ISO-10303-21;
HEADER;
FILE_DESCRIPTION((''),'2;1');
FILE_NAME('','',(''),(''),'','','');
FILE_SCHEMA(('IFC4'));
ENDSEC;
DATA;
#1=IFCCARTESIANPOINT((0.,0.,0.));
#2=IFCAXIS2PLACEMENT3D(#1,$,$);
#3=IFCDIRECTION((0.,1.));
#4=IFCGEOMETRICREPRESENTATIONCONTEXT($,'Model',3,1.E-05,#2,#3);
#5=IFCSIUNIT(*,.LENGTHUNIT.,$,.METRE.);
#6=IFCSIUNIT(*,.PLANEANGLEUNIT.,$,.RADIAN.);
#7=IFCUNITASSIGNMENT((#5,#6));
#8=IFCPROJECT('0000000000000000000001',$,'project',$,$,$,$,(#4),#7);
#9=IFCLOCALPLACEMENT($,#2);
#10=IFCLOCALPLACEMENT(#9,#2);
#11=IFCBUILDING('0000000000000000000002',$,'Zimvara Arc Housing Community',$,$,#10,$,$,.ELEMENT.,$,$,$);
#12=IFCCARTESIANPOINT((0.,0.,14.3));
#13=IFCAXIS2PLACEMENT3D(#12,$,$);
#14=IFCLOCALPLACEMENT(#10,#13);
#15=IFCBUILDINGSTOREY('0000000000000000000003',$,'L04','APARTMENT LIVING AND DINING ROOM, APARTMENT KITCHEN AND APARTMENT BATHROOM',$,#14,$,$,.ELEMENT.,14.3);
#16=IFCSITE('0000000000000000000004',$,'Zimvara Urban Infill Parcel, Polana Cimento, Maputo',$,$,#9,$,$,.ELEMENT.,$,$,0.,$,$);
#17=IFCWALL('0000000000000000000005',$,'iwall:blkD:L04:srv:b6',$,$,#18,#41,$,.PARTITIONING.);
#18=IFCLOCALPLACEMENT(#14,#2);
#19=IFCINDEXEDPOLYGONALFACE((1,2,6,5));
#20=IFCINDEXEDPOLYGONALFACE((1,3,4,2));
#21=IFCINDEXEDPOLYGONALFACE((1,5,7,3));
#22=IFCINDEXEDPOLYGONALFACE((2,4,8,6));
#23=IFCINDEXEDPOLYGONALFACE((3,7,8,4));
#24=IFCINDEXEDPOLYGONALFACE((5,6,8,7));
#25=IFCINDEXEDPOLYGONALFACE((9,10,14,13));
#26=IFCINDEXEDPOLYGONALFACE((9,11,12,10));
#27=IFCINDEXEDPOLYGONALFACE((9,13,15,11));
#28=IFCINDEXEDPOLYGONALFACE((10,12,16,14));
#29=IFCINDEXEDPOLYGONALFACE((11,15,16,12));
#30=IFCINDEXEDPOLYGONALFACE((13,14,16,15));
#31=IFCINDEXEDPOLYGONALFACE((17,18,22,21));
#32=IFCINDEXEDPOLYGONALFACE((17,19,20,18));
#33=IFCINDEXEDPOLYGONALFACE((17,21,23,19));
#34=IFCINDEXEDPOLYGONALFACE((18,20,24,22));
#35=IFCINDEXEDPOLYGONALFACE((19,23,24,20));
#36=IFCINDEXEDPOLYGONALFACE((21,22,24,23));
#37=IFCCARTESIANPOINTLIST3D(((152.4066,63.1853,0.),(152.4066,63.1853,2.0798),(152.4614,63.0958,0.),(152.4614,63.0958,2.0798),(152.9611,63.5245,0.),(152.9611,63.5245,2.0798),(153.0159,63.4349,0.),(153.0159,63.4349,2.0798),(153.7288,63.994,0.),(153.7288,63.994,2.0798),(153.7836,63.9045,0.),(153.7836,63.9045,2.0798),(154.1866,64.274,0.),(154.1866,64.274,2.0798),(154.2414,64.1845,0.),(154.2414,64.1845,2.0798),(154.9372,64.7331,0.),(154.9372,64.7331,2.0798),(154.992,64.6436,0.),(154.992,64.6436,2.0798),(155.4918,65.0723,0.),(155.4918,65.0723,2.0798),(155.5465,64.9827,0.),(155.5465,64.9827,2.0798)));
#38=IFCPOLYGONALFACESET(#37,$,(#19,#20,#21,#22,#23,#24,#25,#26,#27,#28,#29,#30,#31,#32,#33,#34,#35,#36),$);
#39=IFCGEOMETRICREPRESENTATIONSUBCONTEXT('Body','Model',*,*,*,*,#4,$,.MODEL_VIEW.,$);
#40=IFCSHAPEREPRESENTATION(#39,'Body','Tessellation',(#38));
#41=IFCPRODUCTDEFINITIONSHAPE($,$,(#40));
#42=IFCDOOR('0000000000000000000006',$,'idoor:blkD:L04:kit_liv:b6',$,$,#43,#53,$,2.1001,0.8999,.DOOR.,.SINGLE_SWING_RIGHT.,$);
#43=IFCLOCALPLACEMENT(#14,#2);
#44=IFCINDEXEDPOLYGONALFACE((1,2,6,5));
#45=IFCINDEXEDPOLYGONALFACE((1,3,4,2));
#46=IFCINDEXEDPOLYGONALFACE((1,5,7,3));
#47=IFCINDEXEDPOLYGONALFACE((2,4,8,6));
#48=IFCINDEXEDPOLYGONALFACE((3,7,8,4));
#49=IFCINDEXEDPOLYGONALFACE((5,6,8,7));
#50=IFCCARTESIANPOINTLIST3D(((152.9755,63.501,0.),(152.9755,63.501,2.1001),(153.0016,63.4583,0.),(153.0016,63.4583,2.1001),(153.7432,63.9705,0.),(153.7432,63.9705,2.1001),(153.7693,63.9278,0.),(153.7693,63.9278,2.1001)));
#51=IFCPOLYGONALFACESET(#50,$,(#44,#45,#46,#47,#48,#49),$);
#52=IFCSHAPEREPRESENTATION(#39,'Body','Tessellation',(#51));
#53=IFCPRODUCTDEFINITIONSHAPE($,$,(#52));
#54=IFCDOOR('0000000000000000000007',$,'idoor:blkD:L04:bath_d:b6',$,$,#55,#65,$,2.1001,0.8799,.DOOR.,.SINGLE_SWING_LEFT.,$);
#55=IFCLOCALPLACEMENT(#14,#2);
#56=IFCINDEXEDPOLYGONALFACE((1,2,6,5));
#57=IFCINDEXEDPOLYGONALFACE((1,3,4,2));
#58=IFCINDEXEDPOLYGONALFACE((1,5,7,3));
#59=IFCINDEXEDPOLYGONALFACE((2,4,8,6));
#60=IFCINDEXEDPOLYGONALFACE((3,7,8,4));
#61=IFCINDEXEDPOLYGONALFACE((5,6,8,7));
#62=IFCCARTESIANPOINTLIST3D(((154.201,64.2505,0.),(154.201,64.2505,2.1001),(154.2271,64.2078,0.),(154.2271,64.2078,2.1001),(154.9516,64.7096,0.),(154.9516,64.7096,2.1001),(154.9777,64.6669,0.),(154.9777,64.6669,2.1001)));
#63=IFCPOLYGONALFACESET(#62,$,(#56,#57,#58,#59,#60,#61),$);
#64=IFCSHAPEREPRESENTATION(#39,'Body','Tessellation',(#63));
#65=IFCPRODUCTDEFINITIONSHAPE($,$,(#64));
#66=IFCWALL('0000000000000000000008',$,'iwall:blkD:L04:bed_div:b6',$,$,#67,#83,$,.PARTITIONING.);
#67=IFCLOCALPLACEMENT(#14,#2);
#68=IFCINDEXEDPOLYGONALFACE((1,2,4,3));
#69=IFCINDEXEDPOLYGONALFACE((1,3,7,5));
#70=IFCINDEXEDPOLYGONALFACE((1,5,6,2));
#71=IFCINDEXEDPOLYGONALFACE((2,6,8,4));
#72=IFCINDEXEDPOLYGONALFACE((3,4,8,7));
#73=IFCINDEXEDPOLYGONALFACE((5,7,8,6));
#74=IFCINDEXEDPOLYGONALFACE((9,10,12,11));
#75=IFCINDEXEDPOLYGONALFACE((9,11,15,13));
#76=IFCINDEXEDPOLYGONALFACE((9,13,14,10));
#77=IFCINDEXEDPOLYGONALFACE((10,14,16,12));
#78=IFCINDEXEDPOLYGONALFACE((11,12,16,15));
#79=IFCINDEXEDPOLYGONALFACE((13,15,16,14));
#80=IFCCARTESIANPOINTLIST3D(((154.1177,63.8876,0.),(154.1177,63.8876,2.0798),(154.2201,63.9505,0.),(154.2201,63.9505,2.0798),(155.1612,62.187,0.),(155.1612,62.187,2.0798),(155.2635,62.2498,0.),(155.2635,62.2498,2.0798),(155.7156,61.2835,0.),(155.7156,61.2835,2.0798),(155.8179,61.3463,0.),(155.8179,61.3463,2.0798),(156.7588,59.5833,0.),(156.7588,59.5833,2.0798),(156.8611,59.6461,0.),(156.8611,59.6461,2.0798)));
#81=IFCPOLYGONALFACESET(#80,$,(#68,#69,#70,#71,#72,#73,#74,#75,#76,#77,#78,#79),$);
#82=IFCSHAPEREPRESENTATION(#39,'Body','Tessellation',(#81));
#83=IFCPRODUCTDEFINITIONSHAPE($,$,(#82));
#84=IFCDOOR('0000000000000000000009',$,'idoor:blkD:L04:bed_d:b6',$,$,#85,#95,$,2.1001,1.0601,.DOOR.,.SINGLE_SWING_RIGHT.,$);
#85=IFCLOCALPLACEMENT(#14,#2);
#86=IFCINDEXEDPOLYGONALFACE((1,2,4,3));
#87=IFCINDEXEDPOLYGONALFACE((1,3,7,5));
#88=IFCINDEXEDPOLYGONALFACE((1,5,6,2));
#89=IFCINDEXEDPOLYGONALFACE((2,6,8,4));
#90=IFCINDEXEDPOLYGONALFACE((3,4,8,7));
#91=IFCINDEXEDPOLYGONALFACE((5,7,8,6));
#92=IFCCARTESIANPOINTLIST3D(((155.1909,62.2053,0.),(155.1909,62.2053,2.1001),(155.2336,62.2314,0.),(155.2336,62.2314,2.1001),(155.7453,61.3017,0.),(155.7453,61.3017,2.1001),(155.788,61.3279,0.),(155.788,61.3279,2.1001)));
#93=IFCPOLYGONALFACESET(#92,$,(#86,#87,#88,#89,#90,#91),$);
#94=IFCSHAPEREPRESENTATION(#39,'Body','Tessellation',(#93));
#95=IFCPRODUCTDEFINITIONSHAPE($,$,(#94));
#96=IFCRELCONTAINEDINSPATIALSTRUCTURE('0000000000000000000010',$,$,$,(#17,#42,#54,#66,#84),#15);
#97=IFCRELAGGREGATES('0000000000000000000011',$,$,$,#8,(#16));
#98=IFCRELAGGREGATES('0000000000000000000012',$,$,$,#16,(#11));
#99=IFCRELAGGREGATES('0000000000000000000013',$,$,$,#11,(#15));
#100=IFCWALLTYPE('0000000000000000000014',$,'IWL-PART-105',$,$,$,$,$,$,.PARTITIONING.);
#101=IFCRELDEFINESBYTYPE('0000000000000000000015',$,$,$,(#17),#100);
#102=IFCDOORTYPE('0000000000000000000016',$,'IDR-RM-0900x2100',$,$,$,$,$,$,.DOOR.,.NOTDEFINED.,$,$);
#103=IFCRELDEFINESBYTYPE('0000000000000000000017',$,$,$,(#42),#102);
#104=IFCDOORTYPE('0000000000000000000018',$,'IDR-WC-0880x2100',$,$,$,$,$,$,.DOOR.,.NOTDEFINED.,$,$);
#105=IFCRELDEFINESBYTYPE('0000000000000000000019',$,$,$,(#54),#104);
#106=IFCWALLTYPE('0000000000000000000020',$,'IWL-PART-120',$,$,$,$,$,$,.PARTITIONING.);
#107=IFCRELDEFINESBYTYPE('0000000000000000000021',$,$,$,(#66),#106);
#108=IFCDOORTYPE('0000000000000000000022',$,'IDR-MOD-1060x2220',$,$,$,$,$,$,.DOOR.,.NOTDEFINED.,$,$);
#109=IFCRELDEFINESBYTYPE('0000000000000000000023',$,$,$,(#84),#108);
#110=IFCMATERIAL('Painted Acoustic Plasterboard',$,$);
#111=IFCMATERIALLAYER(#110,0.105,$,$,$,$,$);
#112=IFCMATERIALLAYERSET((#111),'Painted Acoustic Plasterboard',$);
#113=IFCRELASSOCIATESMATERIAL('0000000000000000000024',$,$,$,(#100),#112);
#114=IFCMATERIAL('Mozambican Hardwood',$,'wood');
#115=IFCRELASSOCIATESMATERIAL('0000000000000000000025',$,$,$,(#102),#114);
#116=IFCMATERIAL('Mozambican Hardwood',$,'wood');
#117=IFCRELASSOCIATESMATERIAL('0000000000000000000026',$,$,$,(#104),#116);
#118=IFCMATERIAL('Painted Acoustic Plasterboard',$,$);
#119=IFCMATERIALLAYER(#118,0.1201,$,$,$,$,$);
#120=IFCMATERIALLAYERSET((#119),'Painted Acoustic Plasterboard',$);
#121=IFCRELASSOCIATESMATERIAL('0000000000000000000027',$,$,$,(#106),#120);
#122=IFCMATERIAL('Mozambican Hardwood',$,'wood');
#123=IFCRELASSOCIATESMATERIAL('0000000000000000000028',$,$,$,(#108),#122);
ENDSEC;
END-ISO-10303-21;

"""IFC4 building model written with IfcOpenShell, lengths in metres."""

from ifc_helpers import new_model, si_unit, direction, frame, frame_2d, origin, place, context, subcontext, project, spatial, rectangle, extrude, material, layer, layer_set, type_object, element, fill, save


model = new_model("IFC4")

# Units and contexts
model_context = context("Model", 3, precision=1e-05, world=origin(), true_north=direction((0.0, 1.0)))
body_context = subcontext(model_context, "Body", "Model", "MODEL_VIEW")
ifc_project = project(units=[si_unit("LENGTHUNIT", "METRE"), si_unit("PLANEANGLEUNIT", "RADIAN")], contexts=[model_context])

# Site, building, storey
site_placement = place(None, origin())
site = spatial("IfcSite", under=ifc_project, at=site_placement, Name="Zimvara Urban Infill Parcel, Polana Cimento, Maputo", CompositionType="ELEMENT", RefElevation=0.0)
building_placement = place(site_placement, origin())
building = spatial("IfcBuilding", under=site, at=building_placement, Name="Zimvara Arc Housing Community", CompositionType="ELEMENT")
storey_placement = place(building_placement, frame((0.0, 0.0, 14.3)))
storey = spatial("IfcBuildingStorey", under=building, at=storey_placement, Name="L04", Description="APARTMENT LIVING AND DINING ROOM, APARTMENT KITCHEN AND APARTMENT BATHROOM", CompositionType="ELEMENT", Elevation=14.3)

# Wall, openings, doors
ifc_material_1 = material(Name="Painted Acoustic Plasterboard")
ifc_layer_1 = layer(ifc_material_1, 0.105)
ifc_layer_set_1 = layer_set([ifc_layer_1], Name="Painted Acoustic Plasterboard")
wall_type_1 = type_object("IfcWallType", Name="IWL-PART-105", PredefinedType="PARTITIONING", material=ifc_layer_set_1)
wall_1_placement = place(storey_placement, frame((152.4341, 63.1406, 0.0), z_axis=(0.0, 0.0, 1.0), x_axis=(0.85309, 0.521764, 0.0)))
wall_1 = element("IfcWall", 1, at=wall_1_placement, inside=storey, type_object=wall_type_1, Name="iwall:blkD:L04:srv:b6", PredefinedType="PARTITIONING", context=body_context, shape_type="SweptSolid", body=[
    extrude(rectangle(XDim=3.6165, YDim=0.105, at=frame_2d((1.8081, 0.0))), origin(), (0.0, 0.0, 1.0), 2.0798),
])
opening_1_placement = place(wall_1_placement, frame((0.6499, 0.0, 0.0)))
opening_1 = element("IfcOpeningElement", 2, at=opening_1_placement, cuts=wall_1, PredefinedType="OPENING", context=body_context, shape_type="SweptSolid", body=[
    extrude(rectangle(XDim=0.8999, YDim=2.1001, at=frame_2d((0.45, 1.05))), frame((0.0, 0.0625, 0.0), z_axis=(0.0, -1.0, 0.0), x_axis=(1.0, 0.0, 0.0)), (0.0, 0.0, 1.0), 0.125),
])
opening_2_placement = place(wall_1_placement, frame((2.0864, 0.0, 0.0)))
opening_2 = element("IfcOpeningElement", 3, at=opening_2_placement, cuts=wall_1, PredefinedType="OPENING", context=body_context, shape_type="SweptSolid", body=[
    extrude(rectangle(XDim=0.8799, YDim=2.1001, at=frame_2d((0.4399, 1.05))), frame((0.0, 0.0625, 0.0), z_axis=(0.0, -1.0, 0.0), x_axis=(1.0, 0.0, 0.0)), (0.0, 0.0, 1.0), 0.125),
])
ifc_material_2 = material(Name="Mozambican Hardwood", Category="wood")
door_type_1 = type_object("IfcDoorType", Name="IDR-RM-0900x2100", OperationType="NOTDEFINED", PredefinedType="DOOR", material=ifc_material_2)
door_1_placement = place(opening_1_placement, origin())
door_1 = element("IfcDoor", 4, at=door_1_placement, inside=storey, type_object=door_type_1, Name="idoor:blkD:L04:kit_liv:b6", OperationType="SINGLE_SWING_RIGHT", OverallHeight=2.1001, OverallWidth=0.8999, PredefinedType="DOOR", context=body_context, shape_type="SweptSolid", body=[
    extrude(rectangle(XDim=0.8999, YDim=2.1001, at=frame_2d((0.45, 1.05))), frame((0.0, 0.0249, 0.0), z_axis=(0.0, -1.0, 0.0), x_axis=(1.0, 0.0, 0.0)), (0.0, 0.0, 1.0), 0.05),
])
fill(opening_1, door_1)
ifc_material_3 = material(Name="Mozambican Hardwood", Category="wood")
door_type_2 = type_object("IfcDoorType", Name="IDR-WC-0880x2100", OperationType="NOTDEFINED", PredefinedType="DOOR", material=ifc_material_3)
door_2_placement = place(opening_2_placement, origin())
door_2 = element("IfcDoor", 5, at=door_2_placement, inside=storey, type_object=door_type_2, Name="idoor:blkD:L04:bath_d:b6", OperationType="SINGLE_SWING_LEFT", OverallHeight=2.1001, OverallWidth=0.8799, PredefinedType="DOOR", context=body_context, shape_type="SweptSolid", body=[
    extrude(rectangle(XDim=0.8799, YDim=2.1001, at=frame_2d((0.4399, 1.05))), frame((0.0, 0.0249, 0.0), z_axis=(0.0, -1.0, 0.0), x_axis=(1.0, 0.0, 0.0)), (0.0, 0.0, 1.0), 0.05),
])
fill(opening_2, door_2)

# Wall, opening, door
ifc_material_4 = material(Name="Painted Acoustic Plasterboard")
ifc_layer_2 = layer(ifc_material_4, 0.1201)
ifc_layer_set_2 = layer_set([ifc_layer_2], Name="Painted Acoustic Plasterboard")
wall_type_2 = type_object("IfcWallType", Name="IWL-PART-120", PredefinedType="PARTITIONING", material=ifc_layer_set_2)
wall_2_placement = place(storey_placement, frame((154.1689, 63.9189, 0.0), z_axis=(0.0, 0.0, 1.0), x_axis=(0.52298, -0.852345, 0.0)))
wall_2 = element("IfcWall", 6, at=wall_2_placement, inside=storey, type_object=wall_type_2, Name="iwall:blkD:L04:bed_div:b6", PredefinedType="PARTITIONING", context=body_context, shape_type="SweptSolid", body=[
    extrude(rectangle(XDim=5.05, YDim=0.1201, at=frame_2d((2.5249, 0.0))), origin(), (0.0, 0.0, 1.0), 2.0798),
])
opening_3_placement = place(wall_2_placement, frame((1.9951, 0.0, 0.0)))
opening_3 = element("IfcOpeningElement", 7, at=opening_3_placement, cuts=wall_2, PredefinedType="OPENING", context=body_context, shape_type="SweptSolid", body=[
    extrude(rectangle(XDim=1.0601, YDim=2.1001, at=frame_2d((0.53, 1.05))), frame((0.0, 0.0701, 0.0), z_axis=(0.0, -1.0, 0.0), x_axis=(1.0, 0.0, 0.0)), (0.0, 0.0, 1.0), 0.1401),
])
ifc_material_5 = material(Name="Mozambican Hardwood", Category="wood")
door_type_3 = type_object("IfcDoorType", Name="IDR-MOD-1060x2220", OperationType="NOTDEFINED", PredefinedType="DOOR", material=ifc_material_5)
door_3_placement = place(opening_3_placement, origin())
door_3 = element("IfcDoor", 8, at=door_3_placement, inside=storey, type_object=door_type_3, Name="idoor:blkD:L04:bed_d:b6", OperationType="SINGLE_SWING_RIGHT", OverallHeight=2.1001, OverallWidth=1.0601, PredefinedType="DOOR", context=body_context, shape_type="SweptSolid", body=[
    extrude(rectangle(XDim=1.0601, YDim=2.1001, at=frame_2d((0.53, 1.05))), frame((0.0, 0.0249, 0.0), z_axis=(0.0, -1.0, 0.0), x_axis=(1.0, 0.0, 0.0)), (0.0, 0.0, 1.0), 0.05),
])
fill(opening_3, door_3)

save(model, "model.ifc")
